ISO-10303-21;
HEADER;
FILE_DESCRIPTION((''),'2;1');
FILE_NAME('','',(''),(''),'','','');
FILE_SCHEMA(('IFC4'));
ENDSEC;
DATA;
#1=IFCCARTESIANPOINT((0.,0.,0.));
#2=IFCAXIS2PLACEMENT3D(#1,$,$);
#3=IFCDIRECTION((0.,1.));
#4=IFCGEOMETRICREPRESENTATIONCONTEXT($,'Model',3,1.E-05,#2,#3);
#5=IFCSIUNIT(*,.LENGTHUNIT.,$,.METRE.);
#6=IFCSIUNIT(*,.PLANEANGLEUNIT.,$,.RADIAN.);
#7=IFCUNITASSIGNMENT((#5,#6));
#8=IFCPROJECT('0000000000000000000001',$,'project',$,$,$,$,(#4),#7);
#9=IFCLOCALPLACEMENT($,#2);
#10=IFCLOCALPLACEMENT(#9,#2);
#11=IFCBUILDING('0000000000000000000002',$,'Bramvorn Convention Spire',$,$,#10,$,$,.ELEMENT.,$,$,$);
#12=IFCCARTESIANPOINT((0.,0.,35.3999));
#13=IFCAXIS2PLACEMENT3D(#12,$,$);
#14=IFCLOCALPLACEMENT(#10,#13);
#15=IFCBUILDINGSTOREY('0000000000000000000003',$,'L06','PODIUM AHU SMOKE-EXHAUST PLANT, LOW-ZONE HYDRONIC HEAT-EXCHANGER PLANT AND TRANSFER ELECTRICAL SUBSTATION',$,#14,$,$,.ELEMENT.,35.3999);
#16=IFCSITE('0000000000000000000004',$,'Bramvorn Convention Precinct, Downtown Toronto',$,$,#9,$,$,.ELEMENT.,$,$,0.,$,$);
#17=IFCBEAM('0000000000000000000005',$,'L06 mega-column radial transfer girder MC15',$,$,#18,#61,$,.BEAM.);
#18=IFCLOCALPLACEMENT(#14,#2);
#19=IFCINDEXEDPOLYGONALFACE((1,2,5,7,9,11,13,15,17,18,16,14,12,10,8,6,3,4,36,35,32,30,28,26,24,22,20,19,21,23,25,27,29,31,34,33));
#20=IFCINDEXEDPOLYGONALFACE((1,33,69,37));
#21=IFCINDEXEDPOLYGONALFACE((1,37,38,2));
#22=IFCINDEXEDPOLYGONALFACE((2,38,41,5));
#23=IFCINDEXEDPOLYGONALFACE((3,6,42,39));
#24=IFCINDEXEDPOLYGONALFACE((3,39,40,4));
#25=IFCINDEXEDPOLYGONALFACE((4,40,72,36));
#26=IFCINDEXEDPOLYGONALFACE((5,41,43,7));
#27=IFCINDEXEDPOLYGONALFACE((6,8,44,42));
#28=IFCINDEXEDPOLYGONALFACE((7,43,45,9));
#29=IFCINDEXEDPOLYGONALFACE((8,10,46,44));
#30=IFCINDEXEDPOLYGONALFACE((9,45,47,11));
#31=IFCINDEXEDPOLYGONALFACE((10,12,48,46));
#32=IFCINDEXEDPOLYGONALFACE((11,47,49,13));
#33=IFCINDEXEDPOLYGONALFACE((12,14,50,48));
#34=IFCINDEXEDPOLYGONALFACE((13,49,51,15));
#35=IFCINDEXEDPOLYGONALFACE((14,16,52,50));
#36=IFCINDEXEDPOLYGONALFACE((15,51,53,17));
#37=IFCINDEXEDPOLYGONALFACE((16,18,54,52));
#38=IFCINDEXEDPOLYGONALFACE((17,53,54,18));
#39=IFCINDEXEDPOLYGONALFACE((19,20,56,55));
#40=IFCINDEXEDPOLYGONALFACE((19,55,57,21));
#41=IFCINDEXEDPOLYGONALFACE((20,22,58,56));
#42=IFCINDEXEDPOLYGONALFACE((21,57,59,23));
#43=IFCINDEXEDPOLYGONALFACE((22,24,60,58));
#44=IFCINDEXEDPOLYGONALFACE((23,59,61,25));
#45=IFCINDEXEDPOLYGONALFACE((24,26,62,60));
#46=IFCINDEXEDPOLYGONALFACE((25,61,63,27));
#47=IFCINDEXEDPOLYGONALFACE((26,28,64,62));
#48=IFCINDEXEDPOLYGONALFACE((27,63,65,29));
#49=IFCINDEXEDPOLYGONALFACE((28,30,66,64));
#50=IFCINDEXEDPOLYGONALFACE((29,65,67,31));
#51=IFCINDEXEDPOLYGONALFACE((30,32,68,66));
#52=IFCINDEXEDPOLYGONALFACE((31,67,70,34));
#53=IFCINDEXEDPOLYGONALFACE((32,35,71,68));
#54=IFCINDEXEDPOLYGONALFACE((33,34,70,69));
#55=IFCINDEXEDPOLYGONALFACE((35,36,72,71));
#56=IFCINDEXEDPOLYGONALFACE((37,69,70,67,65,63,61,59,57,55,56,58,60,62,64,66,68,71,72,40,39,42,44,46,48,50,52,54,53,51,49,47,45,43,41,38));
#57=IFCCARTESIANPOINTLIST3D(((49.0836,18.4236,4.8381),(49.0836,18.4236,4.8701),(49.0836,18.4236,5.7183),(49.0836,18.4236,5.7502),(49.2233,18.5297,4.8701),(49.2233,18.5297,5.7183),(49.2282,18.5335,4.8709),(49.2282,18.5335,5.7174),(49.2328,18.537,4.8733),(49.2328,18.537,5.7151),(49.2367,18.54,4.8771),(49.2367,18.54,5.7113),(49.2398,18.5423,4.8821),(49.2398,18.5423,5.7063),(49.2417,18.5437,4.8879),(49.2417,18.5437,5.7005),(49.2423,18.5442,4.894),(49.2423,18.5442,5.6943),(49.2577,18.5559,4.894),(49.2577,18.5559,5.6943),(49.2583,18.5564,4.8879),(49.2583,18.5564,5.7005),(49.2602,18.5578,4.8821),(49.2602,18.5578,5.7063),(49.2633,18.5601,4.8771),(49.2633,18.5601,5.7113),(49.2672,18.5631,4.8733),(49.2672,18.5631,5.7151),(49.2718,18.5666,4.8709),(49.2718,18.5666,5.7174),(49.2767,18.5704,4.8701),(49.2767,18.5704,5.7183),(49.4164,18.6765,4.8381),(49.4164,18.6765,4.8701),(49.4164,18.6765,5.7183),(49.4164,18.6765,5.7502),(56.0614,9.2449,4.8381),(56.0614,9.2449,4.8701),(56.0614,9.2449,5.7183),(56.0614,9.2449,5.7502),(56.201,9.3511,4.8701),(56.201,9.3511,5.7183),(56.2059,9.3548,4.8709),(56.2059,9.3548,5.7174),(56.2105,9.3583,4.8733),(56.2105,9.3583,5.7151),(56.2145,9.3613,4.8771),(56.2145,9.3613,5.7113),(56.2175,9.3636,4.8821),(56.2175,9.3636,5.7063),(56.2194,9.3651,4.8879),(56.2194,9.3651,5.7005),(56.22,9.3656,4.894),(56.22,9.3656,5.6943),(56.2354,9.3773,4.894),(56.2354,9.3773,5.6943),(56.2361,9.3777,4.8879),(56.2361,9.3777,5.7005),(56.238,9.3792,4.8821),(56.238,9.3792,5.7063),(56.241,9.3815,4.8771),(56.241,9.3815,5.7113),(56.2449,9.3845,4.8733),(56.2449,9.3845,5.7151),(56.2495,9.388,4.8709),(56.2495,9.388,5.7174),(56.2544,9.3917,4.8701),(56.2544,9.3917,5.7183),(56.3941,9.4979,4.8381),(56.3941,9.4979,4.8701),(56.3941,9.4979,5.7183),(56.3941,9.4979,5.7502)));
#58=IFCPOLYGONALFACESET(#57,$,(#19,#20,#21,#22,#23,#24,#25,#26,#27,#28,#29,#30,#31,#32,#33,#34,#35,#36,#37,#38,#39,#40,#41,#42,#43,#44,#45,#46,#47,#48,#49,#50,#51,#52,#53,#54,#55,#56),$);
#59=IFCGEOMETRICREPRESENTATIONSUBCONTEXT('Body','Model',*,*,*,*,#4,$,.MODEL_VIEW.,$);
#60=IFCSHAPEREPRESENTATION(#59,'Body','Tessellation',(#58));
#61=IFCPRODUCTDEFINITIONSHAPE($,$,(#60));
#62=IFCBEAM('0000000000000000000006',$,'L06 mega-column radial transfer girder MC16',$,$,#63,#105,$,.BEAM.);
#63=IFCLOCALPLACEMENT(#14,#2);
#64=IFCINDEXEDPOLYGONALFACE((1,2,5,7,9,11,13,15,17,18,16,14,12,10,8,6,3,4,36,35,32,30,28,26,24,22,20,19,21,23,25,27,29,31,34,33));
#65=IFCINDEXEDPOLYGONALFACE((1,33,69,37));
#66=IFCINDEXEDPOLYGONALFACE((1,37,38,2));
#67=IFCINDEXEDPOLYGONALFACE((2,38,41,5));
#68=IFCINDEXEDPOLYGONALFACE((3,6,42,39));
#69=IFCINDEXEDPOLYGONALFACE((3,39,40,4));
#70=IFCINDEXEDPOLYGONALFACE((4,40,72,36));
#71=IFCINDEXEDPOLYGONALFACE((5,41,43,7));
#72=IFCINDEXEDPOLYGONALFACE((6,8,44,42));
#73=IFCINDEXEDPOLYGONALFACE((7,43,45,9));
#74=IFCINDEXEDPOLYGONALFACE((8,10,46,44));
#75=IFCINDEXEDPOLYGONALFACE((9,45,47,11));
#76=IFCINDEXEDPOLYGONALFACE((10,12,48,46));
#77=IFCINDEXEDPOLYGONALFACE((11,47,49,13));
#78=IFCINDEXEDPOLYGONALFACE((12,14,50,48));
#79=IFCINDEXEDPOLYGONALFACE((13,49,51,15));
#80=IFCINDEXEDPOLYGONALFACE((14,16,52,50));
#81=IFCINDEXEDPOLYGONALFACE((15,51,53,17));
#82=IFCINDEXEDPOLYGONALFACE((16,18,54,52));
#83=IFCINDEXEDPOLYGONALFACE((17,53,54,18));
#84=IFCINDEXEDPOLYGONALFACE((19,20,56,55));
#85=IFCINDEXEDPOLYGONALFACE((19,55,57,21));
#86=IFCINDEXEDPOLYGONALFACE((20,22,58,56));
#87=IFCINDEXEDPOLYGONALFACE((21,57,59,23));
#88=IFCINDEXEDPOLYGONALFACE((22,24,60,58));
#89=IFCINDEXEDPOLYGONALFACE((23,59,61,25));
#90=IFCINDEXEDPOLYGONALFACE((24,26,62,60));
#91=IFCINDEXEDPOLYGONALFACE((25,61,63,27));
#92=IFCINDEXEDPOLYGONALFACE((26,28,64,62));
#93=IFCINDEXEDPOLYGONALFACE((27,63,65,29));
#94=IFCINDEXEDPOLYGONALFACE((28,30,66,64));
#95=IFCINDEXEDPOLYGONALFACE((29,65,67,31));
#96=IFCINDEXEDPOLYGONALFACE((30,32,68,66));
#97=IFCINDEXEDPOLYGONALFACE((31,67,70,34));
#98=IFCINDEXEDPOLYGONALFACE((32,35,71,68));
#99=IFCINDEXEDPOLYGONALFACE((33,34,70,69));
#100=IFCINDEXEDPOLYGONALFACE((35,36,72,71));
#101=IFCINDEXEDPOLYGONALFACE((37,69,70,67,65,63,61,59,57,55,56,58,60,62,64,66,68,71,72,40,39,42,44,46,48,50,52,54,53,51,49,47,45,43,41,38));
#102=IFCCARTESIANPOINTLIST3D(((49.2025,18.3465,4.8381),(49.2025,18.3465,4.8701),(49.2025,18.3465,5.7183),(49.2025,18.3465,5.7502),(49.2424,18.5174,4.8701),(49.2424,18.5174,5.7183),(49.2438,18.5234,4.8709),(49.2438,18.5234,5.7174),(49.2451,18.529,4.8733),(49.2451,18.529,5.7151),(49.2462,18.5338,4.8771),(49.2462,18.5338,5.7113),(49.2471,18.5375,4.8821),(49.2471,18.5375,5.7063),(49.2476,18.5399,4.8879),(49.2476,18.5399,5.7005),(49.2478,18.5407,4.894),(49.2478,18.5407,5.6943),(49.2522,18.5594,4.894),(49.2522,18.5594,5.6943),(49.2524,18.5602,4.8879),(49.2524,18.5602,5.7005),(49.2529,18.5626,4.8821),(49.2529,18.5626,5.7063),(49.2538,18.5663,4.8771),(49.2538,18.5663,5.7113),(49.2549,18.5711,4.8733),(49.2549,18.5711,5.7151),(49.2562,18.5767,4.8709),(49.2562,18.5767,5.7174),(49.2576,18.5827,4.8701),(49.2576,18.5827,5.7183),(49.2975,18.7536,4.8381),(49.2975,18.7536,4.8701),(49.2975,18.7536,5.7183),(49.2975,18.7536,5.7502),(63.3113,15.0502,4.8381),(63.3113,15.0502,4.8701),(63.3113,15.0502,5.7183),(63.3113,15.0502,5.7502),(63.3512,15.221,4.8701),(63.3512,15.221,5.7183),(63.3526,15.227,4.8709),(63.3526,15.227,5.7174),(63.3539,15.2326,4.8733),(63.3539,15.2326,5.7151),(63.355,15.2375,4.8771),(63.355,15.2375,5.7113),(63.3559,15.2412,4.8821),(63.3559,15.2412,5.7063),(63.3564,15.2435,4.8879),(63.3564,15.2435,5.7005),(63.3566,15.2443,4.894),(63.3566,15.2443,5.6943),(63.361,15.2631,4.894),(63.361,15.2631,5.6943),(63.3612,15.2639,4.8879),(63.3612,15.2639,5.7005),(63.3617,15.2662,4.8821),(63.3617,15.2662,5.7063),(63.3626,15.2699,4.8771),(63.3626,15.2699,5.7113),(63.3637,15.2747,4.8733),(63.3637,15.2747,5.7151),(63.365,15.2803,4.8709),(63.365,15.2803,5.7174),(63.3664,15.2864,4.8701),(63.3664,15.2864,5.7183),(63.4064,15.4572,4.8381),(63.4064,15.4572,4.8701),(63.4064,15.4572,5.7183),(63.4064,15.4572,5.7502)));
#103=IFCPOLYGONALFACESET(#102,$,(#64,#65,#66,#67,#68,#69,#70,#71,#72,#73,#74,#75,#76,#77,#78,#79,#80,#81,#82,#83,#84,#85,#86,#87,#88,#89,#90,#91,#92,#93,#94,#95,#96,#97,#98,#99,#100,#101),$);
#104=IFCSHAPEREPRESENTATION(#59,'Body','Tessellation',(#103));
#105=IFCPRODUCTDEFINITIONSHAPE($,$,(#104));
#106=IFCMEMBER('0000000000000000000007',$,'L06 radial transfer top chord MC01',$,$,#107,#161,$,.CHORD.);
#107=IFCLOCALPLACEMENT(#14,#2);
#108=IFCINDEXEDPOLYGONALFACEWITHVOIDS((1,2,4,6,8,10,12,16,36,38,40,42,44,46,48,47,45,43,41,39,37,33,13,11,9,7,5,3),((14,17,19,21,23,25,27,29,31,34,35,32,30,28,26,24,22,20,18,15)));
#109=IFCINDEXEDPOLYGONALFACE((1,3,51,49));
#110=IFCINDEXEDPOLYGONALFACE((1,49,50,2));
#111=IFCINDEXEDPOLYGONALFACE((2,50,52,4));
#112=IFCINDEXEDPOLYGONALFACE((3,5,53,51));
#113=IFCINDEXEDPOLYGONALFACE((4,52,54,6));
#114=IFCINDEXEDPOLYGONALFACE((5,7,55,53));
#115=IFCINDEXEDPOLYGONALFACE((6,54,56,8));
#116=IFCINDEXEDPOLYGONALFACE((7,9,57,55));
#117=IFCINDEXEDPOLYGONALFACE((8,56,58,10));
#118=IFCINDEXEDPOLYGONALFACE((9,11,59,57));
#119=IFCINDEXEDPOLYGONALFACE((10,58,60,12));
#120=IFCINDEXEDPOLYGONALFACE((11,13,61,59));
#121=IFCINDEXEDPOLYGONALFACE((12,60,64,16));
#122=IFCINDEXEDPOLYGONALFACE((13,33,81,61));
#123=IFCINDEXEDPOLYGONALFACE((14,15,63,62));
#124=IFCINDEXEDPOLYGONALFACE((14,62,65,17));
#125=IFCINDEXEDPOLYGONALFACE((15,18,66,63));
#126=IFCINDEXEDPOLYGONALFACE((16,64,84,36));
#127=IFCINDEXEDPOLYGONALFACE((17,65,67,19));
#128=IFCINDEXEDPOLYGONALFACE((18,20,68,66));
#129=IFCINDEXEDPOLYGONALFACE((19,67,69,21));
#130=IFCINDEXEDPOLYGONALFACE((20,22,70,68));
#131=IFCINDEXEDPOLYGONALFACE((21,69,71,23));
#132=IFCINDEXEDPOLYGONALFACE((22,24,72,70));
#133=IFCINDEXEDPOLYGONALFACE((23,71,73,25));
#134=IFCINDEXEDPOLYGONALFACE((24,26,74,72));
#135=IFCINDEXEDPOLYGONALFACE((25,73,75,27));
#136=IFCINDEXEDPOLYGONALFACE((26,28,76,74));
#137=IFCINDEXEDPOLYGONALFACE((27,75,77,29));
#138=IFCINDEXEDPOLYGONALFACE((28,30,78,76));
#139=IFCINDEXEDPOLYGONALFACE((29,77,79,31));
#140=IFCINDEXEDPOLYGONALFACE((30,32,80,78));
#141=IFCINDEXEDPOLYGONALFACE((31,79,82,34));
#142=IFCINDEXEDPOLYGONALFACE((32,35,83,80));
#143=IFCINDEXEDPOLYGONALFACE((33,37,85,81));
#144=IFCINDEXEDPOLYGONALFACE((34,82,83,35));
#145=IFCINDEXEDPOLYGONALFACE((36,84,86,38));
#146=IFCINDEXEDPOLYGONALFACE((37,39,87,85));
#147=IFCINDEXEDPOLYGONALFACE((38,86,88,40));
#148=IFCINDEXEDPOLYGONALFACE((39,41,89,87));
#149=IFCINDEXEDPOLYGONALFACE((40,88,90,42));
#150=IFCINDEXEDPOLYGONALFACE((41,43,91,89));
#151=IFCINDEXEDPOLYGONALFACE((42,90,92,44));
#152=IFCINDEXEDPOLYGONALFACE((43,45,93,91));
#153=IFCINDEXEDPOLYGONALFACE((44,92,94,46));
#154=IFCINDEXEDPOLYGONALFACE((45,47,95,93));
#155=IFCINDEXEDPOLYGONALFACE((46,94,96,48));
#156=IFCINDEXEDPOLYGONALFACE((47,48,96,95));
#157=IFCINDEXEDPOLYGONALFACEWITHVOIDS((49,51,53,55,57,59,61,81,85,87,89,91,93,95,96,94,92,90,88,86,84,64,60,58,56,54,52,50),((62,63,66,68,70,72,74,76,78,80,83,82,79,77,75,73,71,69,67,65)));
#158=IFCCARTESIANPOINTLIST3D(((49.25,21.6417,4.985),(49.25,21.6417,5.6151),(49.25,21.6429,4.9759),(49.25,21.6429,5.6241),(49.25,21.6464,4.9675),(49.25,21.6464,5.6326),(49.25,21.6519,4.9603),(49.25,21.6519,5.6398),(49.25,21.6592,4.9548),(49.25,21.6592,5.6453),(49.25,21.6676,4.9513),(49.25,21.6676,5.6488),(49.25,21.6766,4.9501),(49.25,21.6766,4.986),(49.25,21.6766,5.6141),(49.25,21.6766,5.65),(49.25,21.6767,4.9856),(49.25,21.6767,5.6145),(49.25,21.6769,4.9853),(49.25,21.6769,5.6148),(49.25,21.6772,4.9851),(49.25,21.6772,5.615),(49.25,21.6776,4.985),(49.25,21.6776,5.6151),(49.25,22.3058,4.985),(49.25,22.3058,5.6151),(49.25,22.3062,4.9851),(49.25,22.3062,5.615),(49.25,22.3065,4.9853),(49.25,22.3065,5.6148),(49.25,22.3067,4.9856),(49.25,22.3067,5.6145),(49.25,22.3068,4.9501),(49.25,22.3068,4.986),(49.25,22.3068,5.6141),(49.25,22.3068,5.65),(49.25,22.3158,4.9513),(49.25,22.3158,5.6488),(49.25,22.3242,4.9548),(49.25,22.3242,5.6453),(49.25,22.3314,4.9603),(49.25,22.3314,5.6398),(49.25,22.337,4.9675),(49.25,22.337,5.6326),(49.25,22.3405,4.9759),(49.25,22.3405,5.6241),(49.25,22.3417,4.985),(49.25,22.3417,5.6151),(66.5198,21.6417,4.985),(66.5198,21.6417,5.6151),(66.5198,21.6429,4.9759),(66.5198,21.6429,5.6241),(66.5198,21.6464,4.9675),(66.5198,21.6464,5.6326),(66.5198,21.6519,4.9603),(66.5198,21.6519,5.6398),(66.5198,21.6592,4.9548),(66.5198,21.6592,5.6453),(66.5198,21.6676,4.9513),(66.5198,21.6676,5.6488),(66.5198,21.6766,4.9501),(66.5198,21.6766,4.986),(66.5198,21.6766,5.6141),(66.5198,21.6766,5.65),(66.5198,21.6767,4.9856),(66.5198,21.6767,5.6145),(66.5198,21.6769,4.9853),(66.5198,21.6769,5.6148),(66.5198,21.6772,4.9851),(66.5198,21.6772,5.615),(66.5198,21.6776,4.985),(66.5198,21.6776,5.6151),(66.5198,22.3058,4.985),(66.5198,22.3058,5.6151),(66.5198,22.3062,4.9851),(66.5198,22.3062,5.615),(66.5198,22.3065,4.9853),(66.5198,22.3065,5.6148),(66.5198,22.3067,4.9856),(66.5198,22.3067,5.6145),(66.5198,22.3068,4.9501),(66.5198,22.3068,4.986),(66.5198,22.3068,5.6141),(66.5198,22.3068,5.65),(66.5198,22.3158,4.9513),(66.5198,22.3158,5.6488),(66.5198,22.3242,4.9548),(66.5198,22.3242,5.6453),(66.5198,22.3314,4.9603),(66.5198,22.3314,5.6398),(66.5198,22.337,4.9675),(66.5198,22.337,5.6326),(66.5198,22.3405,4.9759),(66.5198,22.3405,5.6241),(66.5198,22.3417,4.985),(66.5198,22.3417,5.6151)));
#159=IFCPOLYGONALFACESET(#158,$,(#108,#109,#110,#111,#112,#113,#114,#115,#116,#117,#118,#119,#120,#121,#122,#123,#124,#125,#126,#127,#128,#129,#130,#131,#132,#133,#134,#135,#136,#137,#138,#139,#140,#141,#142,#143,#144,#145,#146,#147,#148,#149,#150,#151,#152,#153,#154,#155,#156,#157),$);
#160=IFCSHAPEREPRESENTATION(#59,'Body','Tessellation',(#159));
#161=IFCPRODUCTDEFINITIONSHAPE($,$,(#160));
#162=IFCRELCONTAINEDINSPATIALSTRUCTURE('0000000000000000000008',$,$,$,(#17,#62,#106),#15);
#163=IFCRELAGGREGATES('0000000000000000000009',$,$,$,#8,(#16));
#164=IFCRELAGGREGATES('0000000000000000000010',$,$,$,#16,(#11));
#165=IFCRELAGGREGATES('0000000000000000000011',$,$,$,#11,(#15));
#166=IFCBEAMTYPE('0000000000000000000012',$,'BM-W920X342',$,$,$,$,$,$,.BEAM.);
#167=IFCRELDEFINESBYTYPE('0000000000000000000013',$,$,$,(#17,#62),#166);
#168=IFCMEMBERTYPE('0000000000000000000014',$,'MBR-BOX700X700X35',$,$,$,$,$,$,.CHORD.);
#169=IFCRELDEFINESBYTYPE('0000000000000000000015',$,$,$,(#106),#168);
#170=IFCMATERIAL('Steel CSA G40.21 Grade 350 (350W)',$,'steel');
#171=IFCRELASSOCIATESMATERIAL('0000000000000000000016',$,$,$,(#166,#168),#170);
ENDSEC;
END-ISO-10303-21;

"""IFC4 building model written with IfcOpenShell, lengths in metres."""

from ifc_helpers import new_model, si_unit, direction, frame, origin, origin_2d, place, context, subcontext, project, spatial, hollow_rectangle, i_section, extrude, material, material_profile, profile_set, type_object, element, save


model = new_model("IFC4")

# Units and contexts
model_context = context("Model", 3, precision=1e-05, world=origin(), true_north=direction((0.0, 1.0)))
body_context = subcontext(model_context, "Body", "Model", "MODEL_VIEW")
ifc_project = project(units=[si_unit("LENGTHUNIT", "METRE"), si_unit("PLANEANGLEUNIT", "RADIAN")], contexts=[model_context])

# Site, building, storey
site_placement = place(None, origin())
site = spatial("IfcSite", under=ifc_project, at=site_placement, Name="Bramvorn Convention Precinct, Downtown Toronto", CompositionType="ELEMENT", RefElevation=0.0)
building_placement = place(site_placement, origin())
building = spatial("IfcBuilding", under=site, at=building_placement, Name="Bramvorn Convention Spire", CompositionType="ELEMENT")
storey_placement = place(building_placement, frame((0.0, 0.0, 35.3999)))
storey = spatial("IfcBuildingStorey", under=building, at=storey_placement, Name="L06", Description="PODIUM AHU SMOKE-EXHAUST PLANT, LOW-ZONE HYDRONIC HEAT-EXCHANGER PLANT AND TRANSFER ELECTRICAL SUBSTATION", CompositionType="ELEMENT", Elevation=35.3999)

# Shared definitions
ifc_material_1 = material(Name="Steel CSA G40.21 Grade 350 (350W)", Category="steel")

# Beams
ifc_material_profile_1 = material_profile(ifc_material_1, i_section(OverallWidth=0.418, OverallDepth=0.9121, WebThickness=0.0193, FlangeThickness=0.032, FilletRadius=0.0239, at=origin_2d()))
ifc_profile_set_1 = profile_set([ifc_material_profile_1], Name="Steel CSA G40.21 Grade 350 (350W) - W920X342")
beam_type = type_object("IfcBeamType", Name="BM-W920X342", PredefinedType="BEAM", material=ifc_profile_set_1)
beam_1_placement = place(storey_placement, frame((49.25, 18.55, 5.2942), z_axis=(0.605191, -0.79608, 0.0), x_axis=(0.79608, 0.605191, 0.0)))
element("IfcBeam", 1, at=beam_1_placement, inside=storey, type_object=beam_type, Name="L06 mega-column radial transfer girder MC15", PredefinedType="BEAM", context=body_context, shape_type="SweptSolid", body=[
    extrude(i_section(OverallWidth=0.418, OverallDepth=0.9121, WebThickness=0.0193, FlangeThickness=0.032, FilletRadius=0.0239, at=origin_2d()), origin(), (0.0, 0.0, 1.0), 11.5298),
])
beam_2_placement = place(storey_placement, frame((49.25, 18.55, 5.2942), z_axis=(0.973775, -0.227512, 0.0), x_axis=(0.227512, 0.973775, 0.0)))
element("IfcBeam", 2, at=beam_2_placement, inside=storey, type_object=beam_type, Name="L06 mega-column radial transfer girder MC16", PredefinedType="BEAM", context=body_context, shape_type="SweptSolid", body=[
    extrude(i_section(OverallWidth=0.418, OverallDepth=0.9121, WebThickness=0.0193, FlangeThickness=0.032, FilletRadius=0.0239, at=origin_2d()), origin(), (0.0, 0.0, 1.0), 14.4888),
])

# Member
ifc_material_profile_2 = material_profile(ifc_material_1, hollow_rectangle(XDim=0.7, YDim=0.7, WallThickness=0.0349, InnerFilletRadius=0.001, OuterFilletRadius=0.0349, at=origin_2d()))
ifc_profile_set_2 = profile_set([ifc_material_profile_2], Name="Steel CSA G40.21 Grade 350 (350W) - BOX700X700X35")
member_type_1 = type_object("IfcMemberType", Name="MBR-BOX700X700X35", PredefinedType="CHORD", material=ifc_profile_set_2)
member_1_placement = place(storey_placement, frame((49.25, 21.9917, 5.3), z_axis=(1.0, 0.0, 0.0), x_axis=(0.0, 1.0, 0.0)))
element("IfcMember", 3, at=member_1_placement, inside=storey, type_object=member_type_1, Name="L06 radial transfer top chord MC01", PredefinedType="CHORD", context=body_context, shape_type="SweptSolid", body=[
    extrude(hollow_rectangle(XDim=0.7, YDim=0.7, WallThickness=0.0349, InnerFilletRadius=0.001, OuterFilletRadius=0.0349, at=origin_2d()), origin(), (0.0, 0.0, 1.0), 17.2698),
])

save(model, "model.ifc")
